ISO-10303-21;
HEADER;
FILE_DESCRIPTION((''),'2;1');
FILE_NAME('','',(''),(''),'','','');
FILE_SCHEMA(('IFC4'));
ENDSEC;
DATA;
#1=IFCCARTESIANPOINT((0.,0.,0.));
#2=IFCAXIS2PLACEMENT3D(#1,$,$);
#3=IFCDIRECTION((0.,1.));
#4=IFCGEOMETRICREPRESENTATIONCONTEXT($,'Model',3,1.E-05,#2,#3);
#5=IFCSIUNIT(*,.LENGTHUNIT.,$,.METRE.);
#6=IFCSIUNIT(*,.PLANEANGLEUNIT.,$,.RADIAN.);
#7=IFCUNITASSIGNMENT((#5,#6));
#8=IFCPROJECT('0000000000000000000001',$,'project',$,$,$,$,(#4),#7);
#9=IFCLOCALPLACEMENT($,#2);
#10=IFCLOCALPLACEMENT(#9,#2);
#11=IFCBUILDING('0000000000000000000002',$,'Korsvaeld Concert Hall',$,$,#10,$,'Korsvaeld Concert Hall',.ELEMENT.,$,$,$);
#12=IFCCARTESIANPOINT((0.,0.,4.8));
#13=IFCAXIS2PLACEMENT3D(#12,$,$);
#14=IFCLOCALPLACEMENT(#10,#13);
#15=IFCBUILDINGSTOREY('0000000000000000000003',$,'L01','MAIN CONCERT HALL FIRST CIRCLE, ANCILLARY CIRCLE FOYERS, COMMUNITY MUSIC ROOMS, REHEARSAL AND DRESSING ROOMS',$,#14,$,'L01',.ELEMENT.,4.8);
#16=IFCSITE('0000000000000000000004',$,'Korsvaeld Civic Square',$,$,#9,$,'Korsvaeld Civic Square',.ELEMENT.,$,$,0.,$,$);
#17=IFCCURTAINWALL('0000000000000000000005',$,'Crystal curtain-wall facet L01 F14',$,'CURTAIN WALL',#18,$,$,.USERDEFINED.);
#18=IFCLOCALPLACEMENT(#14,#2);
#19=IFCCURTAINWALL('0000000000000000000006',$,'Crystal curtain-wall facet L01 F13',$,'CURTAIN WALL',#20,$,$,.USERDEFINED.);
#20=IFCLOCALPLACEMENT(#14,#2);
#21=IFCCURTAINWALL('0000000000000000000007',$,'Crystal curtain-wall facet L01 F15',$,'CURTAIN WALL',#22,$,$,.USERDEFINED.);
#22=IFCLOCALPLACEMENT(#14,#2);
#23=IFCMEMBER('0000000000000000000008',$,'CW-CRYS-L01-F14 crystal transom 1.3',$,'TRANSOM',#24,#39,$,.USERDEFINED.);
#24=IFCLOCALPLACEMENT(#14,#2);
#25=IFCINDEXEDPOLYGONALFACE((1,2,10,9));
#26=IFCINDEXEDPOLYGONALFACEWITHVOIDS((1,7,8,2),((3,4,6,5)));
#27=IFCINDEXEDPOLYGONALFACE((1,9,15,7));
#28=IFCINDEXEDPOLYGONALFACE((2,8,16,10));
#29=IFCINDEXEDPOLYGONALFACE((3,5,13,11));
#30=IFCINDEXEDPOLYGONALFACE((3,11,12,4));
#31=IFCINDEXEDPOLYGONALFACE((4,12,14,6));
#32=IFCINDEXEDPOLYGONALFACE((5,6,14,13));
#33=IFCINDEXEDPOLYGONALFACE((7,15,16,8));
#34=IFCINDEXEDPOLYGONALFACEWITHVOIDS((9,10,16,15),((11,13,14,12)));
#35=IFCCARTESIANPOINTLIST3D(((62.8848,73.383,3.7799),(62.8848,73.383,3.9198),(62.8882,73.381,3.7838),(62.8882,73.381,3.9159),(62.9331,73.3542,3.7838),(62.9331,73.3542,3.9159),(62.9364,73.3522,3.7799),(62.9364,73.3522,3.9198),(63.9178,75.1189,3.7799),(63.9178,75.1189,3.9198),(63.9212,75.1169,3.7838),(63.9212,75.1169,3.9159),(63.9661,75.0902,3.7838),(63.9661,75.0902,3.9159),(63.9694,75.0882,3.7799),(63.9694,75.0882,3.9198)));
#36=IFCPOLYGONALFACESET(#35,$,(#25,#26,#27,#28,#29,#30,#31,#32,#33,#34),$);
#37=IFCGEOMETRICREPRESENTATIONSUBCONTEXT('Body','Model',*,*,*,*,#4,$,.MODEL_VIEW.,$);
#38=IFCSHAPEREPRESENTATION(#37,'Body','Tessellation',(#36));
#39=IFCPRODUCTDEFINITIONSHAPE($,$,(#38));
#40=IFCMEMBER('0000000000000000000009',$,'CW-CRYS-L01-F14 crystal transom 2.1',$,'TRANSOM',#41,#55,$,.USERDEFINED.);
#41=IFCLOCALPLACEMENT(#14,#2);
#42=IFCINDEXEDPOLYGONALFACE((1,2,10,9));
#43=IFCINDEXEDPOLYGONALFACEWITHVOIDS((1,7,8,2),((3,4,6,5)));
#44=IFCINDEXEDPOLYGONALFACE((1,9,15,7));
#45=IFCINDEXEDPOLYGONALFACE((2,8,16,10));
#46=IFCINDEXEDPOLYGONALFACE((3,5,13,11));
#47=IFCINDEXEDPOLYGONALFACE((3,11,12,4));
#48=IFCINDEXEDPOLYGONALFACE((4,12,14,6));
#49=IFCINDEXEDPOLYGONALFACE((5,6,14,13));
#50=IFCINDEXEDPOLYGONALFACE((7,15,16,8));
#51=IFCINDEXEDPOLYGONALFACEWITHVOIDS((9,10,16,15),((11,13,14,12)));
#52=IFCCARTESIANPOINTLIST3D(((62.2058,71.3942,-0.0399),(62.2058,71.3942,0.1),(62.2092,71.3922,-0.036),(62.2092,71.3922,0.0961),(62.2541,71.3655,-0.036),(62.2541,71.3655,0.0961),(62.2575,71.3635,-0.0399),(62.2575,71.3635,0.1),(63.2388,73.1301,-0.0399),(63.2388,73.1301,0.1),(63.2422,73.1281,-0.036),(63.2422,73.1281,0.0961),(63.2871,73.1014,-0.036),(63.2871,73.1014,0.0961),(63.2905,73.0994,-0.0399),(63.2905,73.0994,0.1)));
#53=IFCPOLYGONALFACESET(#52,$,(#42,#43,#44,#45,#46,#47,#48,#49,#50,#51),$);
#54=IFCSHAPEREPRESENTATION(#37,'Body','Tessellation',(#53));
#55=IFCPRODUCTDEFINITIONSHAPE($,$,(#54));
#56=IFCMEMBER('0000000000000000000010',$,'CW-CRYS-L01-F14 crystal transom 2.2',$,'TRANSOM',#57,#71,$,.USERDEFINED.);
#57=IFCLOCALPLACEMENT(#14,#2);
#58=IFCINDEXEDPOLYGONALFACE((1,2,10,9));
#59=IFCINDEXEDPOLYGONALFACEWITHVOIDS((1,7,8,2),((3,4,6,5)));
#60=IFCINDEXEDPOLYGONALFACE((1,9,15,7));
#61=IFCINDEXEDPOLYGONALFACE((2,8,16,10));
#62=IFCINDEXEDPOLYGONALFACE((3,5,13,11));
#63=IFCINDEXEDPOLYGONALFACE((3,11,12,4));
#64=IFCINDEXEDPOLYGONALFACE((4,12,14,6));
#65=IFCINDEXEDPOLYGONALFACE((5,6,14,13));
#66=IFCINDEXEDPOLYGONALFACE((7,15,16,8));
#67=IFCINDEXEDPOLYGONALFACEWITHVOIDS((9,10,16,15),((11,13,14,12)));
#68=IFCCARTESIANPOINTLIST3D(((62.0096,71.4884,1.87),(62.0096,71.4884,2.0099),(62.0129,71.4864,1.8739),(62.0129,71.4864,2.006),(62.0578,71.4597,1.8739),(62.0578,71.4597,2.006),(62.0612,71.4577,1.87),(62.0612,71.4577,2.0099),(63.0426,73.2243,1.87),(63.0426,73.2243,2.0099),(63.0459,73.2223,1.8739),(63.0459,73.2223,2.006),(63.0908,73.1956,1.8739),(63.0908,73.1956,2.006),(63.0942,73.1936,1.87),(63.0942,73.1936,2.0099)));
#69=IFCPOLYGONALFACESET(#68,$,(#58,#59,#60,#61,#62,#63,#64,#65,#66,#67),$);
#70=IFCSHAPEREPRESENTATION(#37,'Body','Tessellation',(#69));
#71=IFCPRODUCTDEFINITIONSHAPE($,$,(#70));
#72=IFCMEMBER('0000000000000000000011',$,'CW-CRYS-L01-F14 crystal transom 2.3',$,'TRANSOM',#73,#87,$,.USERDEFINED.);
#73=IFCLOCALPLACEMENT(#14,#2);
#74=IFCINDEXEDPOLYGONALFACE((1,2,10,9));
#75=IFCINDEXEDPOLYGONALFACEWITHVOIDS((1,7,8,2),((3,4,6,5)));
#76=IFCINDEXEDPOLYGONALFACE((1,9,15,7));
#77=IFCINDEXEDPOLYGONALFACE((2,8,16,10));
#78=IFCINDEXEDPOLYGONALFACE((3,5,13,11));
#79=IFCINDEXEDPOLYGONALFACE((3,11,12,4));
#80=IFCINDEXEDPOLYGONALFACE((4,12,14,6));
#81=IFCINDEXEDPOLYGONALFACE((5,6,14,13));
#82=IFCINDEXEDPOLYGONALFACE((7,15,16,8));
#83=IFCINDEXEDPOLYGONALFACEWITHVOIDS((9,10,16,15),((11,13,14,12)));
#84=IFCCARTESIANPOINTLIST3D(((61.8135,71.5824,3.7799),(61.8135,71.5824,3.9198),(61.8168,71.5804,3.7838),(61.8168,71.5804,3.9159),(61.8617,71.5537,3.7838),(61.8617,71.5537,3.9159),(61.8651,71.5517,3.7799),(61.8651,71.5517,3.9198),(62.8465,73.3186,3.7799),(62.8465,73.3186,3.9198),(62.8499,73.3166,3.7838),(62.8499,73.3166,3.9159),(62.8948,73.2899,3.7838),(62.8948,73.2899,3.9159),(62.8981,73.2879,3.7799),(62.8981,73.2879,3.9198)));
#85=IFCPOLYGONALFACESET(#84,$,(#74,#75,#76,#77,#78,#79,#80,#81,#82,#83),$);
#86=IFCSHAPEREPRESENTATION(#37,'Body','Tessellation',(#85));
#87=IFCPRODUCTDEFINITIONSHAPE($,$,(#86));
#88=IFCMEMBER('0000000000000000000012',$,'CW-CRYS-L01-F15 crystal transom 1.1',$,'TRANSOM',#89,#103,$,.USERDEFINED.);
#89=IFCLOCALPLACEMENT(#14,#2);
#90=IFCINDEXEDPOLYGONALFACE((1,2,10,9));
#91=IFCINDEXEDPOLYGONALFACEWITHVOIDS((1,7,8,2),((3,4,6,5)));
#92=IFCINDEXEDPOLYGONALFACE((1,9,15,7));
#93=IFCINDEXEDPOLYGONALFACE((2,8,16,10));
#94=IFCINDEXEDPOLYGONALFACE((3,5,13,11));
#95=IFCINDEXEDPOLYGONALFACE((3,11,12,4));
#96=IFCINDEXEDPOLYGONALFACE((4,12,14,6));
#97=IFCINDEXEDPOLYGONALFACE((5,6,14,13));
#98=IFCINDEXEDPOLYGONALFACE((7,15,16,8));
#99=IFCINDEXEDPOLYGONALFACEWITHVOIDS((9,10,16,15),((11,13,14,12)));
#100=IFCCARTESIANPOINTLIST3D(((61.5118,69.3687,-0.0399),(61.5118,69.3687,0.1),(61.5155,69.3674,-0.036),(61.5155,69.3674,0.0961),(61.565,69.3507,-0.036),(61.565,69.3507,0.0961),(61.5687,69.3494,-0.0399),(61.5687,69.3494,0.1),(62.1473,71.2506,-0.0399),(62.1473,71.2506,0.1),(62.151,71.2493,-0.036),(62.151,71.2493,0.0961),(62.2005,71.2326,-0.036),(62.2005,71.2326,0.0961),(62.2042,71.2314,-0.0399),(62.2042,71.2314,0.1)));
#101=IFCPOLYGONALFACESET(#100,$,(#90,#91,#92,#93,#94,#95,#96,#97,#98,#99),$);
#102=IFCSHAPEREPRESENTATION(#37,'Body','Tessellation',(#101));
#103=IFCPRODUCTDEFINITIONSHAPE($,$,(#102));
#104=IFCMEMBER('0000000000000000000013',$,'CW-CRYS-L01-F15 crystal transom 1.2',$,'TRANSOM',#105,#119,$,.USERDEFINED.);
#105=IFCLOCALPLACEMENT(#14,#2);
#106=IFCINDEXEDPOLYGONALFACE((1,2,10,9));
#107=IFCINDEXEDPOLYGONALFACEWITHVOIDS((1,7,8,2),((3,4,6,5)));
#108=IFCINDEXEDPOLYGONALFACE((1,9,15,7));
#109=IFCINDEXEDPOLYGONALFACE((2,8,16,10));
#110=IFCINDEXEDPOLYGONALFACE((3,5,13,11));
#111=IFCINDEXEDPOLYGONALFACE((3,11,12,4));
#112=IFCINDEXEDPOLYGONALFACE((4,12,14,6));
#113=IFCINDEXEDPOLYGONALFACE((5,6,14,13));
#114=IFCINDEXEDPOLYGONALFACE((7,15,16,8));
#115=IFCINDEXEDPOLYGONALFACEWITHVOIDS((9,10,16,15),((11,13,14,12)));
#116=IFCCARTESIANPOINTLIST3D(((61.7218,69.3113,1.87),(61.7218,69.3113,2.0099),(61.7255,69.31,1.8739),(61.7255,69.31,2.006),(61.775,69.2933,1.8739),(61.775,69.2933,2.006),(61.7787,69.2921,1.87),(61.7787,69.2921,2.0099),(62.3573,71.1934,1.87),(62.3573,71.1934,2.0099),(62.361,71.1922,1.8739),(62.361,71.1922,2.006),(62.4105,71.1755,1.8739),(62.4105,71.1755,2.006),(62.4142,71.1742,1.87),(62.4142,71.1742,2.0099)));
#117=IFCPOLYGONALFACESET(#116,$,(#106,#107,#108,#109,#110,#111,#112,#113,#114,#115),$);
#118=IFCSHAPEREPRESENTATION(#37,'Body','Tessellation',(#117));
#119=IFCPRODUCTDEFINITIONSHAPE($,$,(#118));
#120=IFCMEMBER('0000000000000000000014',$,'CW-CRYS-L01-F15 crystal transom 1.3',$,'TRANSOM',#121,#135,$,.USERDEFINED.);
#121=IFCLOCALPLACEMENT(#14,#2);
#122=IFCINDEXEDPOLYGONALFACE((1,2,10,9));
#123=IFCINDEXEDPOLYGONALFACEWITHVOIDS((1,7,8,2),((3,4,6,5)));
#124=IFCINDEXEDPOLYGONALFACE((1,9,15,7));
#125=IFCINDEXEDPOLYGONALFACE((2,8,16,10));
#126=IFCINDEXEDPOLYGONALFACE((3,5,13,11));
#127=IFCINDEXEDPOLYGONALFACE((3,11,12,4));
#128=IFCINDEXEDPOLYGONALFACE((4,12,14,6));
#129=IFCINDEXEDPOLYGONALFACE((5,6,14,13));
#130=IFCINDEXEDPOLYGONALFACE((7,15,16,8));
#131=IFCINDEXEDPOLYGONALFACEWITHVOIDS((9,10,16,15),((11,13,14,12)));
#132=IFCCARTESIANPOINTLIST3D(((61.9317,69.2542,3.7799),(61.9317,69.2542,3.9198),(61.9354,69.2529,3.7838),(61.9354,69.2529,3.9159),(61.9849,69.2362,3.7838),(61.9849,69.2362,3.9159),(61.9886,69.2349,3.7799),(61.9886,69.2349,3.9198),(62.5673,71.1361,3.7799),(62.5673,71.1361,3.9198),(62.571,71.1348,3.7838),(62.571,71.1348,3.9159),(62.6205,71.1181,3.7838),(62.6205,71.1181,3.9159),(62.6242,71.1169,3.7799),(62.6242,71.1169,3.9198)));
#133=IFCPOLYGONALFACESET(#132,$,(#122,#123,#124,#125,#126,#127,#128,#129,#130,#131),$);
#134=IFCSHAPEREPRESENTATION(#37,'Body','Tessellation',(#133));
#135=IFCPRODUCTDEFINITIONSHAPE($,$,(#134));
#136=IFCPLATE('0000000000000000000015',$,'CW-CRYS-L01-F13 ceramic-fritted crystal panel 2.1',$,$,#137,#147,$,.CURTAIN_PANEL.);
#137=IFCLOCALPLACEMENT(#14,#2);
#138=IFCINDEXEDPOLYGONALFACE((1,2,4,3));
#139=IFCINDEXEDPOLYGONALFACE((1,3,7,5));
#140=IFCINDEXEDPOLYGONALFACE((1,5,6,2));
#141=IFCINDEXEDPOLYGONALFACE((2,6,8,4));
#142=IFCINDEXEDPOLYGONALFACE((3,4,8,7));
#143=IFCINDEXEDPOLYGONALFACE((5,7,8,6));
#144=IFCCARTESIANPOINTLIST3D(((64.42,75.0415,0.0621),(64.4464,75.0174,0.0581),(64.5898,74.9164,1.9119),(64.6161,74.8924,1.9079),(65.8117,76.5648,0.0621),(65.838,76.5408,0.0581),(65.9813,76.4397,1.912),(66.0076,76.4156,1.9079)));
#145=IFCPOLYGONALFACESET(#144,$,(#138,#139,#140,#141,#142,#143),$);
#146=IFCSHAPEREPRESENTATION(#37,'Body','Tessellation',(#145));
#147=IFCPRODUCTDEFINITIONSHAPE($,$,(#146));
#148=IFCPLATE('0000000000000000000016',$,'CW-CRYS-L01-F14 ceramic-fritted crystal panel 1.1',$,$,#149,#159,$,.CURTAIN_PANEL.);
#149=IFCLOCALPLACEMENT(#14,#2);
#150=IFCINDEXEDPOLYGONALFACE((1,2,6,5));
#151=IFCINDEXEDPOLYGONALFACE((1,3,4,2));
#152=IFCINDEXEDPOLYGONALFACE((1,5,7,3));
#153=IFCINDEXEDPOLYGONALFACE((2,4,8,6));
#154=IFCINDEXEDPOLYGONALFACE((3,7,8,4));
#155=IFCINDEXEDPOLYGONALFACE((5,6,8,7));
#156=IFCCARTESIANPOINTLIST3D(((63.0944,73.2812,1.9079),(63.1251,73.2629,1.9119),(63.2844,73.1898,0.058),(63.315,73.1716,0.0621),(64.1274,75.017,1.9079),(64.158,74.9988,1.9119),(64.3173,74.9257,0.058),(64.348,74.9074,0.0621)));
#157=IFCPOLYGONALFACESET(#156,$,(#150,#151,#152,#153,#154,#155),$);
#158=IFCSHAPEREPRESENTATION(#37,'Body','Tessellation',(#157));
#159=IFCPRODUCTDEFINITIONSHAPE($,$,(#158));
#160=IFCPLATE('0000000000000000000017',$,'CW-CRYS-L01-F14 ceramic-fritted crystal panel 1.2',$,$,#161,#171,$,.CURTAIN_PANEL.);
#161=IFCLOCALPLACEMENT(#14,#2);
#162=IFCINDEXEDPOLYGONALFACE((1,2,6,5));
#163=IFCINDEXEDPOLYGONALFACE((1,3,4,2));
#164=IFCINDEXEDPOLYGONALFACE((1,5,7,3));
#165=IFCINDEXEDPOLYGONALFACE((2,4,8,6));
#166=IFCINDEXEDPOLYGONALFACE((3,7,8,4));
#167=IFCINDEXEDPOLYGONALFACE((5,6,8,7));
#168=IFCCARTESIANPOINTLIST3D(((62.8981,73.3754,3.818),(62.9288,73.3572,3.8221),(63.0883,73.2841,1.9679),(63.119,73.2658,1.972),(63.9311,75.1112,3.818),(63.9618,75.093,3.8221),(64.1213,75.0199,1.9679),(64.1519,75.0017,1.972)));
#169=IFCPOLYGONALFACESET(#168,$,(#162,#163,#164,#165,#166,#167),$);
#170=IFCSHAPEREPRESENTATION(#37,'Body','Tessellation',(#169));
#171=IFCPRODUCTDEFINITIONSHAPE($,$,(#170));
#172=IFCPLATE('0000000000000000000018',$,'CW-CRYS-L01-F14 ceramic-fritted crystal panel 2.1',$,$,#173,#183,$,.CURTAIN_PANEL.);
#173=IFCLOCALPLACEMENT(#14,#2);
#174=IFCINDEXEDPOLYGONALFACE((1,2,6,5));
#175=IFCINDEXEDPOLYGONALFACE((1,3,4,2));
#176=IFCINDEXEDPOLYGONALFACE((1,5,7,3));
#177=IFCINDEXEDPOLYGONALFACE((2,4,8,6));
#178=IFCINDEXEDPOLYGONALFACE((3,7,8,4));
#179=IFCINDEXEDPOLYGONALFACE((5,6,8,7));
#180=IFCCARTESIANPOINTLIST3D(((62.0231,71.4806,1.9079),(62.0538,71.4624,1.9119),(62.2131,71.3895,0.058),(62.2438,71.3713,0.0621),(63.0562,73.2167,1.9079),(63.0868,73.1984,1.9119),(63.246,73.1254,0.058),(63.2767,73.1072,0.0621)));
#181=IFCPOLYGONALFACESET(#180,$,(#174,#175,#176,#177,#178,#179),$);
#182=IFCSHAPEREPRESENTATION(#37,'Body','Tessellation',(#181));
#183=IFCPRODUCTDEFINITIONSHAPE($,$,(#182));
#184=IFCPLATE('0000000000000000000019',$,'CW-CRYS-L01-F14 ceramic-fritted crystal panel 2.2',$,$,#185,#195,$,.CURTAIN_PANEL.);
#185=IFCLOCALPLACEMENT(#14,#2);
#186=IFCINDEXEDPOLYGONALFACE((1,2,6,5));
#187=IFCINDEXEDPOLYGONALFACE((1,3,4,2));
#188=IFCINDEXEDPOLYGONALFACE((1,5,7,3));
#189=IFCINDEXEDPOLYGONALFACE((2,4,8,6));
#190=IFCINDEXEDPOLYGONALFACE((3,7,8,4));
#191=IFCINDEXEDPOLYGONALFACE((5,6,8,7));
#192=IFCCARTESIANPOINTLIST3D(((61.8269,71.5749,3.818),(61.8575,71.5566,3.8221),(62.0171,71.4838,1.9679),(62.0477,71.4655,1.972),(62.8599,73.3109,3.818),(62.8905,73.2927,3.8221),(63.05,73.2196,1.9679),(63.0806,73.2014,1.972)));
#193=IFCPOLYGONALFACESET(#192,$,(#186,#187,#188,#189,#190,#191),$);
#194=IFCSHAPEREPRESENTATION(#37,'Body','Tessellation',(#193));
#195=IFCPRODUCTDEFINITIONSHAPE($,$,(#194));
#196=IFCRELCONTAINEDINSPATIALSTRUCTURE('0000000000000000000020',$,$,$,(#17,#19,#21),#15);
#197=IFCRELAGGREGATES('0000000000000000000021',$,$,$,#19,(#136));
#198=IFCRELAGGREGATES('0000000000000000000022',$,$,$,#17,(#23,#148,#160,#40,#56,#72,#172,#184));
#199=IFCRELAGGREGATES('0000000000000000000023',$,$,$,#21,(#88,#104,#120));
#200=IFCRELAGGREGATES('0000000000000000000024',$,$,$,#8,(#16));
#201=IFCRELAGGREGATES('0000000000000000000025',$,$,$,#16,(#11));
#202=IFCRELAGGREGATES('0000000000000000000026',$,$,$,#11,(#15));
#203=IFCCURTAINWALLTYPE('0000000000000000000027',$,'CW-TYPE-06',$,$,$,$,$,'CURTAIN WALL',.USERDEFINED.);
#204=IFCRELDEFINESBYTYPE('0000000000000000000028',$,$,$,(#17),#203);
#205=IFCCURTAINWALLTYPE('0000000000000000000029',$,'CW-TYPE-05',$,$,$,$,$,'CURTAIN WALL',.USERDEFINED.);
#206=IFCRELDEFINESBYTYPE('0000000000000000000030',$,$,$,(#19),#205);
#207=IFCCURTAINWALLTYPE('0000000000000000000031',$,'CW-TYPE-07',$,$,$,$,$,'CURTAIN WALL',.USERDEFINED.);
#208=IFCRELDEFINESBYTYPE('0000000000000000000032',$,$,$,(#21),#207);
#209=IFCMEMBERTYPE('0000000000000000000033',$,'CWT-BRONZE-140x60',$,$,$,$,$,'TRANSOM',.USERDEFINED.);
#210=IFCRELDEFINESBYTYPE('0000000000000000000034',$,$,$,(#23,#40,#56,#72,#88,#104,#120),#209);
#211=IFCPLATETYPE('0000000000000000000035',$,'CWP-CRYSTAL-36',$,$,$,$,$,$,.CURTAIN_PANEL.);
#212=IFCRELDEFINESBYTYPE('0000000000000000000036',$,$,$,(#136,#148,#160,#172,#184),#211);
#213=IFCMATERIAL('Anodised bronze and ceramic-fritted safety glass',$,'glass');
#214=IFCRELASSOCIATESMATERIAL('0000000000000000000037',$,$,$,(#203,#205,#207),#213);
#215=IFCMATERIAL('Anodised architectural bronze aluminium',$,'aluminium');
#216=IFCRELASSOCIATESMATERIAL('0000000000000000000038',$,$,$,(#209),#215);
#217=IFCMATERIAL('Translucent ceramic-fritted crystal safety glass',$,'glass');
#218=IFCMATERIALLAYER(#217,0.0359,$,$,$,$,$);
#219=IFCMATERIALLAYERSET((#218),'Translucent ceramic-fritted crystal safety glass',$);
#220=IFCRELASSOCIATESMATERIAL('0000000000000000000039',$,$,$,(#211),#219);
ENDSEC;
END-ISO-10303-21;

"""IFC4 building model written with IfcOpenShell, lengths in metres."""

from ifc_helpers import new_model, si_unit, direction, frame, origin, origin_2d, place, context, subcontext, project, spatial, polyline, hollow_rectangle, outline, extrude, material, layer, layer_set, material_profile, profile_set, type_object, element, aggregate, save


model = new_model("IFC4")

# Units and contexts
model_context = context("Model", 3, precision=1e-05, world=origin(), true_north=direction((0.0, 1.0)))
body_context = subcontext(model_context, "Body", "Model", "MODEL_VIEW")
ifc_project = project(units=[si_unit("LENGTHUNIT", "METRE"), si_unit("PLANEANGLEUNIT", "RADIAN")], contexts=[model_context])

# Site, building, storey
site_placement = place(None, origin())
site = spatial("IfcSite", under=ifc_project, at=site_placement, Name="Korsvaeld Civic Square", LongName="Korsvaeld Civic Square", CompositionType="ELEMENT", RefElevation=0.0)
building_placement = place(site_placement, origin())
building = spatial("IfcBuilding", under=site, at=building_placement, Name="Korsvaeld Concert Hall", LongName="Korsvaeld Concert Hall", CompositionType="ELEMENT")
storey_placement = place(building_placement, frame((0.0, 0.0, 4.8)))
storey = spatial("IfcBuildingStorey", under=building, at=storey_placement, Name="L01", Description="MAIN CONCERT HALL FIRST CIRCLE, ANCILLARY CIRCLE FOYERS, COMMUNITY MUSIC ROOMS, REHEARSAL AND DRESSING ROOMS", LongName="L01", CompositionType="ELEMENT", Elevation=4.8)

# Curtain walls
ifc_material_1 = material(Name="Anodised bronze and ceramic-fritted safety glass", Category="glass")
curtain_wall_type_1 = type_object("IfcCurtainWallType", Name="CW-TYPE-06", ElementType="CURTAIN WALL", PredefinedType="USERDEFINED", material=ifc_material_1)
curtain_wall_1_placement = place(storey_placement, origin())
curtain_wall_1 = element("IfcCurtainWall", 1, at=curtain_wall_1_placement, inside=storey, type_object=curtain_wall_type_1, Name="Crystal curtain-wall facet L01 F14", ObjectType="CURTAIN WALL", PredefinedType="USERDEFINED")
ifc_material_2 = material(Name="Anodised architectural bronze aluminium", Category="aluminium")
curtain_wall_type_2 = type_object("IfcCurtainWallType", Name="CW-TYPE-05", ElementType="CURTAIN WALL", PredefinedType="USERDEFINED", material=ifc_material_1)
curtain_wall_2_placement = place(storey_placement, origin())
curtain_wall_2 = element("IfcCurtainWall", 2, at=curtain_wall_2_placement, inside=storey, type_object=curtain_wall_type_2, Name="Crystal curtain-wall facet L01 F13", ObjectType="CURTAIN WALL", PredefinedType="USERDEFINED")

# Curtain wall
curtain_wall_type_3 = type_object("IfcCurtainWallType", Name="CW-TYPE-07", ElementType="CURTAIN WALL", PredefinedType="USERDEFINED", material=ifc_material_1)
curtain_wall_3_placement = place(storey_placement, origin())
curtain_wall_3 = element("IfcCurtainWall", 3, at=curtain_wall_3_placement, inside=storey, type_object=curtain_wall_type_3, Name="Crystal curtain-wall facet L01 F15", ObjectType="CURTAIN WALL", PredefinedType="USERDEFINED")

# Members
ifc_material_profile_1 = material_profile(ifc_material_2, hollow_rectangle(XDim=0.0601, YDim=0.1399, WallThickness=0.0039, at=origin_2d()), Name="CWT 140x60x4")
ifc_profile_set_1 = profile_set([ifc_material_profile_1], Name="Anodised architectural bronze aluminium")
member_type_1 = type_object("IfcMemberType", Name="CWT-BRONZE-140x60", ElementType="TRANSOM", PredefinedType="USERDEFINED", material=ifc_profile_set_1)
member_1_placement = place(storey_placement, frame((63.9436, 75.1035, 3.8499), z_axis=(-0.511382, -0.859354, 0.0), x_axis=(0.859354, -0.511382, 0.0)))
member_1 = element("IfcMember", 4, at=member_1_placement, type_object=member_type_1, Name="CW-CRYS-L01-F14 crystal transom 1.3", ObjectType="TRANSOM", PredefinedType="USERDEFINED", context=body_context, shape_type="SweptSolid", body=[
    extrude(hollow_rectangle(XDim=0.0601, YDim=0.1399, WallThickness=0.0039, at=origin_2d()), origin(), (0.0, 0.0, 1.0), 2.02),
])
member_2_placement = place(storey_placement, frame((63.2646, 73.1147, 0.03), z_axis=(-0.511382, -0.859354, 0.0), x_axis=(0.859354, -0.511382, 0.0)))
member_2 = element("IfcMember", 5, at=member_2_placement, type_object=member_type_1, Name="CW-CRYS-L01-F14 crystal transom 2.1", ObjectType="TRANSOM", PredefinedType="USERDEFINED", context=body_context, shape_type="SweptSolid", body=[
    extrude(hollow_rectangle(XDim=0.0601, YDim=0.1399, WallThickness=0.0039, at=origin_2d()), origin(), (0.0, 0.0, 1.0), 2.02),
])
member_3_placement = place(storey_placement, frame((63.0684, 73.209, 1.9399), z_axis=(-0.511382, -0.859354, 0.0), x_axis=(0.859354, -0.511382, 0.0)))
member_3 = element("IfcMember", 6, at=member_3_placement, type_object=member_type_1, Name="CW-CRYS-L01-F14 crystal transom 2.2", ObjectType="TRANSOM", PredefinedType="USERDEFINED", context=body_context, shape_type="SweptSolid", body=[
    extrude(hollow_rectangle(XDim=0.0601, YDim=0.1399, WallThickness=0.0039, at=origin_2d()), origin(), (0.0, 0.0, 1.0), 2.02),
])
member_4_placement = place(storey_placement, frame((62.8723, 73.3032, 3.8499), z_axis=(-0.511329, -0.859385, 0.0), x_axis=(0.859385, -0.511329, 0.0)))
member_4 = element("IfcMember", 7, at=member_4_placement, type_object=member_type_1, Name="CW-CRYS-L01-F14 crystal transom 2.3", ObjectType="TRANSOM", PredefinedType="USERDEFINED", context=body_context, shape_type="SweptSolid", body=[
    extrude(hollow_rectangle(XDim=0.0601, YDim=0.1399, WallThickness=0.0039, at=origin_2d()), origin(), (0.0, 0.0, 1.0), 2.0203),
])
member_5_placement = place(storey_placement, frame((62.1758, 71.241, 0.03), z_axis=(-0.31995, -0.947435, 0.0), x_axis=(0.947435, -0.31995, 0.0)))
member_5 = element("IfcMember", 8, at=member_5_placement, type_object=member_type_1, Name="CW-CRYS-L01-F15 crystal transom 1.1", ObjectType="TRANSOM", PredefinedType="USERDEFINED", context=body_context, shape_type="SweptSolid", body=[
    extrude(hollow_rectangle(XDim=0.0601, YDim=0.1399, WallThickness=0.0039, at=origin_2d()), origin(), (0.0, 0.0, 1.0), 1.9863),
])
member_6_placement = place(storey_placement, frame((62.3857, 71.1838, 1.9399), z_axis=(-0.319912, -0.947447, 0.0), x_axis=(0.947447, -0.319912, 0.0)))
member_6 = element("IfcMember", 9, at=member_6_placement, type_object=member_type_1, Name="CW-CRYS-L01-F15 crystal transom 1.2", ObjectType="TRANSOM", PredefinedType="USERDEFINED", context=body_context, shape_type="SweptSolid", body=[
    extrude(hollow_rectangle(XDim=0.0601, YDim=0.1399, WallThickness=0.0039, at=origin_2d()), origin(), (0.0, 0.0, 1.0), 1.9866),
])
member_7_placement = place(storey_placement, frame((62.5957, 71.1265, 3.8499), z_axis=(-0.31995, -0.947435, 0.0), x_axis=(0.947435, -0.31995, 0.0)))
member_7 = element("IfcMember", 10, at=member_7_placement, type_object=member_type_1, Name="CW-CRYS-L01-F15 crystal transom 1.3", ObjectType="TRANSOM", PredefinedType="USERDEFINED", context=body_context, shape_type="SweptSolid", body=[
    extrude(hollow_rectangle(XDim=0.0601, YDim=0.1399, WallThickness=0.0039, at=origin_2d()), origin(), (0.0, 0.0, 1.0), 1.9863),
])

# Plates
ifc_material_3 = material(Name="Translucent ceramic-fritted crystal safety glass", Category="glass")
ifc_layer_1 = layer(ifc_material_3, 0.0359)
ifc_layer_set_1 = layer_set([ifc_layer_1], Name="Translucent ceramic-fritted crystal safety glass")
plate_type = type_object("IfcPlateType", Name="CWP-CRYSTAL-36", PredefinedType="CURTAIN_PANEL", material=ifc_layer_set_1)
plate_1_placement = place(storey_placement, frame((65.825, 76.5527, 0.0601), z_axis=(-0.733608, 0.670176, 0.11262), x_axis=(-0.674467, -0.738305, 0.000004)))
plate_1 = element("IfcPlate", 11, at=plate_1_placement, type_object=plate_type, Name="CW-CRYS-L01-F13 ceramic-fritted crystal panel 2.1", PredefinedType="CURTAIN_PANEL", context=body_context, shape_type="SweptSolid", body=[
    extrude(outline(polyline([(0.0, 0.0), (2.0634, 0.0), (2.0412, 1.8617), (-0.022, 1.8617), (0.0, 0.0)])), frame((0.0, 0.0, 0.0181)), (0.0, 0.0, -1.0), 0.0359),
])
aggregate(curtain_wall_2, [plate_1])
plate_2_placement = place(storey_placement, frame((64.3328, 74.9165, 0.0601), z_axis=(-0.853873, 0.508121, -0.112756), x_axis=(-0.511382, -0.859354, 0.0)))
plate_2 = element("IfcPlate", 12, at=plate_2_placement, type_object=plate_type, Name="CW-CRYS-L01-F14 ceramic-fritted crystal panel 1.1", PredefinedType="CURTAIN_PANEL", context=body_context, shape_type="SweptSolid", body=[
    extrude(outline(polyline([(0.0, 0.0), (2.0199, 0.0), (2.0386, 1.8617), (0.0187, 1.8617), (0.0, 0.0)])), frame((0.0, 0.0, 0.0181)), (0.0, 0.0, -1.0), 0.0359),
])
plate_3_placement = place(storey_placement, frame((64.1367, 75.0107, 1.97), z_axis=(-0.853864, 0.508115, -0.112852), x_axis=(-0.511382, -0.859354, 0.0)))
plate_3 = element("IfcPlate", 13, at=plate_3_placement, type_object=plate_type, Name="CW-CRYS-L01-F14 ceramic-fritted crystal panel 1.2", PredefinedType="CURTAIN_PANEL", context=body_context, shape_type="SweptSolid", body=[
    extrude(outline(polyline([(0.0, 0.0), (2.0199, 0.0), (2.0387, 1.862), (0.0188, 1.862), (0.0, 0.0)])), frame((0.0, 0.0, 0.0181)), (0.0, 0.0, -1.0), 0.0359),
])
plate_4_placement = place(storey_placement, frame((63.2615, 73.1162, 0.0601), z_axis=(-0.853892, 0.508096, -0.112723), x_axis=(-0.511356, -0.859369, 0.000003)))
plate_4 = element("IfcPlate", 14, at=plate_4_placement, type_object=plate_type, Name="CW-CRYS-L01-F14 ceramic-fritted crystal panel 2.1", PredefinedType="CURTAIN_PANEL", context=body_context, shape_type="SweptSolid", body=[
    extrude(outline(polyline([(0.0, 0.0), (2.0199, 0.0), (2.0388, 1.8617), (0.0187, 1.8617), (0.0, 0.0)])), frame((0.0, 0.0, 0.0181)), (0.0, 0.0, -1.0), 0.0359),
])
plate_5_placement = place(storey_placement, frame((63.0654, 73.2104, 1.97), z_axis=(-0.853883, 0.508091, -0.11282), x_axis=(-0.511356, -0.859369, 0.000003)))
plate_5 = element("IfcPlate", 15, at=plate_5_placement, type_object=plate_type, Name="CW-CRYS-L01-F14 ceramic-fritted crystal panel 2.2", PredefinedType="CURTAIN_PANEL", context=body_context, shape_type="SweptSolid", body=[
    extrude(outline(polyline([(0.0, 0.0), (2.0199, 0.0), (2.0389, 1.862), (0.0188, 1.862), (0.0, 0.0)])), frame((0.0, 0.0, 0.0181)), (0.0, 0.0, -1.0), 0.0359),
])
aggregate(curtain_wall_1, [member_1, plate_2, plate_3, member_2, member_3, member_4, plate_4, plate_5])
aggregate(curtain_wall_3, [member_5, member_6, member_7])

save(model, "model.ifc")
